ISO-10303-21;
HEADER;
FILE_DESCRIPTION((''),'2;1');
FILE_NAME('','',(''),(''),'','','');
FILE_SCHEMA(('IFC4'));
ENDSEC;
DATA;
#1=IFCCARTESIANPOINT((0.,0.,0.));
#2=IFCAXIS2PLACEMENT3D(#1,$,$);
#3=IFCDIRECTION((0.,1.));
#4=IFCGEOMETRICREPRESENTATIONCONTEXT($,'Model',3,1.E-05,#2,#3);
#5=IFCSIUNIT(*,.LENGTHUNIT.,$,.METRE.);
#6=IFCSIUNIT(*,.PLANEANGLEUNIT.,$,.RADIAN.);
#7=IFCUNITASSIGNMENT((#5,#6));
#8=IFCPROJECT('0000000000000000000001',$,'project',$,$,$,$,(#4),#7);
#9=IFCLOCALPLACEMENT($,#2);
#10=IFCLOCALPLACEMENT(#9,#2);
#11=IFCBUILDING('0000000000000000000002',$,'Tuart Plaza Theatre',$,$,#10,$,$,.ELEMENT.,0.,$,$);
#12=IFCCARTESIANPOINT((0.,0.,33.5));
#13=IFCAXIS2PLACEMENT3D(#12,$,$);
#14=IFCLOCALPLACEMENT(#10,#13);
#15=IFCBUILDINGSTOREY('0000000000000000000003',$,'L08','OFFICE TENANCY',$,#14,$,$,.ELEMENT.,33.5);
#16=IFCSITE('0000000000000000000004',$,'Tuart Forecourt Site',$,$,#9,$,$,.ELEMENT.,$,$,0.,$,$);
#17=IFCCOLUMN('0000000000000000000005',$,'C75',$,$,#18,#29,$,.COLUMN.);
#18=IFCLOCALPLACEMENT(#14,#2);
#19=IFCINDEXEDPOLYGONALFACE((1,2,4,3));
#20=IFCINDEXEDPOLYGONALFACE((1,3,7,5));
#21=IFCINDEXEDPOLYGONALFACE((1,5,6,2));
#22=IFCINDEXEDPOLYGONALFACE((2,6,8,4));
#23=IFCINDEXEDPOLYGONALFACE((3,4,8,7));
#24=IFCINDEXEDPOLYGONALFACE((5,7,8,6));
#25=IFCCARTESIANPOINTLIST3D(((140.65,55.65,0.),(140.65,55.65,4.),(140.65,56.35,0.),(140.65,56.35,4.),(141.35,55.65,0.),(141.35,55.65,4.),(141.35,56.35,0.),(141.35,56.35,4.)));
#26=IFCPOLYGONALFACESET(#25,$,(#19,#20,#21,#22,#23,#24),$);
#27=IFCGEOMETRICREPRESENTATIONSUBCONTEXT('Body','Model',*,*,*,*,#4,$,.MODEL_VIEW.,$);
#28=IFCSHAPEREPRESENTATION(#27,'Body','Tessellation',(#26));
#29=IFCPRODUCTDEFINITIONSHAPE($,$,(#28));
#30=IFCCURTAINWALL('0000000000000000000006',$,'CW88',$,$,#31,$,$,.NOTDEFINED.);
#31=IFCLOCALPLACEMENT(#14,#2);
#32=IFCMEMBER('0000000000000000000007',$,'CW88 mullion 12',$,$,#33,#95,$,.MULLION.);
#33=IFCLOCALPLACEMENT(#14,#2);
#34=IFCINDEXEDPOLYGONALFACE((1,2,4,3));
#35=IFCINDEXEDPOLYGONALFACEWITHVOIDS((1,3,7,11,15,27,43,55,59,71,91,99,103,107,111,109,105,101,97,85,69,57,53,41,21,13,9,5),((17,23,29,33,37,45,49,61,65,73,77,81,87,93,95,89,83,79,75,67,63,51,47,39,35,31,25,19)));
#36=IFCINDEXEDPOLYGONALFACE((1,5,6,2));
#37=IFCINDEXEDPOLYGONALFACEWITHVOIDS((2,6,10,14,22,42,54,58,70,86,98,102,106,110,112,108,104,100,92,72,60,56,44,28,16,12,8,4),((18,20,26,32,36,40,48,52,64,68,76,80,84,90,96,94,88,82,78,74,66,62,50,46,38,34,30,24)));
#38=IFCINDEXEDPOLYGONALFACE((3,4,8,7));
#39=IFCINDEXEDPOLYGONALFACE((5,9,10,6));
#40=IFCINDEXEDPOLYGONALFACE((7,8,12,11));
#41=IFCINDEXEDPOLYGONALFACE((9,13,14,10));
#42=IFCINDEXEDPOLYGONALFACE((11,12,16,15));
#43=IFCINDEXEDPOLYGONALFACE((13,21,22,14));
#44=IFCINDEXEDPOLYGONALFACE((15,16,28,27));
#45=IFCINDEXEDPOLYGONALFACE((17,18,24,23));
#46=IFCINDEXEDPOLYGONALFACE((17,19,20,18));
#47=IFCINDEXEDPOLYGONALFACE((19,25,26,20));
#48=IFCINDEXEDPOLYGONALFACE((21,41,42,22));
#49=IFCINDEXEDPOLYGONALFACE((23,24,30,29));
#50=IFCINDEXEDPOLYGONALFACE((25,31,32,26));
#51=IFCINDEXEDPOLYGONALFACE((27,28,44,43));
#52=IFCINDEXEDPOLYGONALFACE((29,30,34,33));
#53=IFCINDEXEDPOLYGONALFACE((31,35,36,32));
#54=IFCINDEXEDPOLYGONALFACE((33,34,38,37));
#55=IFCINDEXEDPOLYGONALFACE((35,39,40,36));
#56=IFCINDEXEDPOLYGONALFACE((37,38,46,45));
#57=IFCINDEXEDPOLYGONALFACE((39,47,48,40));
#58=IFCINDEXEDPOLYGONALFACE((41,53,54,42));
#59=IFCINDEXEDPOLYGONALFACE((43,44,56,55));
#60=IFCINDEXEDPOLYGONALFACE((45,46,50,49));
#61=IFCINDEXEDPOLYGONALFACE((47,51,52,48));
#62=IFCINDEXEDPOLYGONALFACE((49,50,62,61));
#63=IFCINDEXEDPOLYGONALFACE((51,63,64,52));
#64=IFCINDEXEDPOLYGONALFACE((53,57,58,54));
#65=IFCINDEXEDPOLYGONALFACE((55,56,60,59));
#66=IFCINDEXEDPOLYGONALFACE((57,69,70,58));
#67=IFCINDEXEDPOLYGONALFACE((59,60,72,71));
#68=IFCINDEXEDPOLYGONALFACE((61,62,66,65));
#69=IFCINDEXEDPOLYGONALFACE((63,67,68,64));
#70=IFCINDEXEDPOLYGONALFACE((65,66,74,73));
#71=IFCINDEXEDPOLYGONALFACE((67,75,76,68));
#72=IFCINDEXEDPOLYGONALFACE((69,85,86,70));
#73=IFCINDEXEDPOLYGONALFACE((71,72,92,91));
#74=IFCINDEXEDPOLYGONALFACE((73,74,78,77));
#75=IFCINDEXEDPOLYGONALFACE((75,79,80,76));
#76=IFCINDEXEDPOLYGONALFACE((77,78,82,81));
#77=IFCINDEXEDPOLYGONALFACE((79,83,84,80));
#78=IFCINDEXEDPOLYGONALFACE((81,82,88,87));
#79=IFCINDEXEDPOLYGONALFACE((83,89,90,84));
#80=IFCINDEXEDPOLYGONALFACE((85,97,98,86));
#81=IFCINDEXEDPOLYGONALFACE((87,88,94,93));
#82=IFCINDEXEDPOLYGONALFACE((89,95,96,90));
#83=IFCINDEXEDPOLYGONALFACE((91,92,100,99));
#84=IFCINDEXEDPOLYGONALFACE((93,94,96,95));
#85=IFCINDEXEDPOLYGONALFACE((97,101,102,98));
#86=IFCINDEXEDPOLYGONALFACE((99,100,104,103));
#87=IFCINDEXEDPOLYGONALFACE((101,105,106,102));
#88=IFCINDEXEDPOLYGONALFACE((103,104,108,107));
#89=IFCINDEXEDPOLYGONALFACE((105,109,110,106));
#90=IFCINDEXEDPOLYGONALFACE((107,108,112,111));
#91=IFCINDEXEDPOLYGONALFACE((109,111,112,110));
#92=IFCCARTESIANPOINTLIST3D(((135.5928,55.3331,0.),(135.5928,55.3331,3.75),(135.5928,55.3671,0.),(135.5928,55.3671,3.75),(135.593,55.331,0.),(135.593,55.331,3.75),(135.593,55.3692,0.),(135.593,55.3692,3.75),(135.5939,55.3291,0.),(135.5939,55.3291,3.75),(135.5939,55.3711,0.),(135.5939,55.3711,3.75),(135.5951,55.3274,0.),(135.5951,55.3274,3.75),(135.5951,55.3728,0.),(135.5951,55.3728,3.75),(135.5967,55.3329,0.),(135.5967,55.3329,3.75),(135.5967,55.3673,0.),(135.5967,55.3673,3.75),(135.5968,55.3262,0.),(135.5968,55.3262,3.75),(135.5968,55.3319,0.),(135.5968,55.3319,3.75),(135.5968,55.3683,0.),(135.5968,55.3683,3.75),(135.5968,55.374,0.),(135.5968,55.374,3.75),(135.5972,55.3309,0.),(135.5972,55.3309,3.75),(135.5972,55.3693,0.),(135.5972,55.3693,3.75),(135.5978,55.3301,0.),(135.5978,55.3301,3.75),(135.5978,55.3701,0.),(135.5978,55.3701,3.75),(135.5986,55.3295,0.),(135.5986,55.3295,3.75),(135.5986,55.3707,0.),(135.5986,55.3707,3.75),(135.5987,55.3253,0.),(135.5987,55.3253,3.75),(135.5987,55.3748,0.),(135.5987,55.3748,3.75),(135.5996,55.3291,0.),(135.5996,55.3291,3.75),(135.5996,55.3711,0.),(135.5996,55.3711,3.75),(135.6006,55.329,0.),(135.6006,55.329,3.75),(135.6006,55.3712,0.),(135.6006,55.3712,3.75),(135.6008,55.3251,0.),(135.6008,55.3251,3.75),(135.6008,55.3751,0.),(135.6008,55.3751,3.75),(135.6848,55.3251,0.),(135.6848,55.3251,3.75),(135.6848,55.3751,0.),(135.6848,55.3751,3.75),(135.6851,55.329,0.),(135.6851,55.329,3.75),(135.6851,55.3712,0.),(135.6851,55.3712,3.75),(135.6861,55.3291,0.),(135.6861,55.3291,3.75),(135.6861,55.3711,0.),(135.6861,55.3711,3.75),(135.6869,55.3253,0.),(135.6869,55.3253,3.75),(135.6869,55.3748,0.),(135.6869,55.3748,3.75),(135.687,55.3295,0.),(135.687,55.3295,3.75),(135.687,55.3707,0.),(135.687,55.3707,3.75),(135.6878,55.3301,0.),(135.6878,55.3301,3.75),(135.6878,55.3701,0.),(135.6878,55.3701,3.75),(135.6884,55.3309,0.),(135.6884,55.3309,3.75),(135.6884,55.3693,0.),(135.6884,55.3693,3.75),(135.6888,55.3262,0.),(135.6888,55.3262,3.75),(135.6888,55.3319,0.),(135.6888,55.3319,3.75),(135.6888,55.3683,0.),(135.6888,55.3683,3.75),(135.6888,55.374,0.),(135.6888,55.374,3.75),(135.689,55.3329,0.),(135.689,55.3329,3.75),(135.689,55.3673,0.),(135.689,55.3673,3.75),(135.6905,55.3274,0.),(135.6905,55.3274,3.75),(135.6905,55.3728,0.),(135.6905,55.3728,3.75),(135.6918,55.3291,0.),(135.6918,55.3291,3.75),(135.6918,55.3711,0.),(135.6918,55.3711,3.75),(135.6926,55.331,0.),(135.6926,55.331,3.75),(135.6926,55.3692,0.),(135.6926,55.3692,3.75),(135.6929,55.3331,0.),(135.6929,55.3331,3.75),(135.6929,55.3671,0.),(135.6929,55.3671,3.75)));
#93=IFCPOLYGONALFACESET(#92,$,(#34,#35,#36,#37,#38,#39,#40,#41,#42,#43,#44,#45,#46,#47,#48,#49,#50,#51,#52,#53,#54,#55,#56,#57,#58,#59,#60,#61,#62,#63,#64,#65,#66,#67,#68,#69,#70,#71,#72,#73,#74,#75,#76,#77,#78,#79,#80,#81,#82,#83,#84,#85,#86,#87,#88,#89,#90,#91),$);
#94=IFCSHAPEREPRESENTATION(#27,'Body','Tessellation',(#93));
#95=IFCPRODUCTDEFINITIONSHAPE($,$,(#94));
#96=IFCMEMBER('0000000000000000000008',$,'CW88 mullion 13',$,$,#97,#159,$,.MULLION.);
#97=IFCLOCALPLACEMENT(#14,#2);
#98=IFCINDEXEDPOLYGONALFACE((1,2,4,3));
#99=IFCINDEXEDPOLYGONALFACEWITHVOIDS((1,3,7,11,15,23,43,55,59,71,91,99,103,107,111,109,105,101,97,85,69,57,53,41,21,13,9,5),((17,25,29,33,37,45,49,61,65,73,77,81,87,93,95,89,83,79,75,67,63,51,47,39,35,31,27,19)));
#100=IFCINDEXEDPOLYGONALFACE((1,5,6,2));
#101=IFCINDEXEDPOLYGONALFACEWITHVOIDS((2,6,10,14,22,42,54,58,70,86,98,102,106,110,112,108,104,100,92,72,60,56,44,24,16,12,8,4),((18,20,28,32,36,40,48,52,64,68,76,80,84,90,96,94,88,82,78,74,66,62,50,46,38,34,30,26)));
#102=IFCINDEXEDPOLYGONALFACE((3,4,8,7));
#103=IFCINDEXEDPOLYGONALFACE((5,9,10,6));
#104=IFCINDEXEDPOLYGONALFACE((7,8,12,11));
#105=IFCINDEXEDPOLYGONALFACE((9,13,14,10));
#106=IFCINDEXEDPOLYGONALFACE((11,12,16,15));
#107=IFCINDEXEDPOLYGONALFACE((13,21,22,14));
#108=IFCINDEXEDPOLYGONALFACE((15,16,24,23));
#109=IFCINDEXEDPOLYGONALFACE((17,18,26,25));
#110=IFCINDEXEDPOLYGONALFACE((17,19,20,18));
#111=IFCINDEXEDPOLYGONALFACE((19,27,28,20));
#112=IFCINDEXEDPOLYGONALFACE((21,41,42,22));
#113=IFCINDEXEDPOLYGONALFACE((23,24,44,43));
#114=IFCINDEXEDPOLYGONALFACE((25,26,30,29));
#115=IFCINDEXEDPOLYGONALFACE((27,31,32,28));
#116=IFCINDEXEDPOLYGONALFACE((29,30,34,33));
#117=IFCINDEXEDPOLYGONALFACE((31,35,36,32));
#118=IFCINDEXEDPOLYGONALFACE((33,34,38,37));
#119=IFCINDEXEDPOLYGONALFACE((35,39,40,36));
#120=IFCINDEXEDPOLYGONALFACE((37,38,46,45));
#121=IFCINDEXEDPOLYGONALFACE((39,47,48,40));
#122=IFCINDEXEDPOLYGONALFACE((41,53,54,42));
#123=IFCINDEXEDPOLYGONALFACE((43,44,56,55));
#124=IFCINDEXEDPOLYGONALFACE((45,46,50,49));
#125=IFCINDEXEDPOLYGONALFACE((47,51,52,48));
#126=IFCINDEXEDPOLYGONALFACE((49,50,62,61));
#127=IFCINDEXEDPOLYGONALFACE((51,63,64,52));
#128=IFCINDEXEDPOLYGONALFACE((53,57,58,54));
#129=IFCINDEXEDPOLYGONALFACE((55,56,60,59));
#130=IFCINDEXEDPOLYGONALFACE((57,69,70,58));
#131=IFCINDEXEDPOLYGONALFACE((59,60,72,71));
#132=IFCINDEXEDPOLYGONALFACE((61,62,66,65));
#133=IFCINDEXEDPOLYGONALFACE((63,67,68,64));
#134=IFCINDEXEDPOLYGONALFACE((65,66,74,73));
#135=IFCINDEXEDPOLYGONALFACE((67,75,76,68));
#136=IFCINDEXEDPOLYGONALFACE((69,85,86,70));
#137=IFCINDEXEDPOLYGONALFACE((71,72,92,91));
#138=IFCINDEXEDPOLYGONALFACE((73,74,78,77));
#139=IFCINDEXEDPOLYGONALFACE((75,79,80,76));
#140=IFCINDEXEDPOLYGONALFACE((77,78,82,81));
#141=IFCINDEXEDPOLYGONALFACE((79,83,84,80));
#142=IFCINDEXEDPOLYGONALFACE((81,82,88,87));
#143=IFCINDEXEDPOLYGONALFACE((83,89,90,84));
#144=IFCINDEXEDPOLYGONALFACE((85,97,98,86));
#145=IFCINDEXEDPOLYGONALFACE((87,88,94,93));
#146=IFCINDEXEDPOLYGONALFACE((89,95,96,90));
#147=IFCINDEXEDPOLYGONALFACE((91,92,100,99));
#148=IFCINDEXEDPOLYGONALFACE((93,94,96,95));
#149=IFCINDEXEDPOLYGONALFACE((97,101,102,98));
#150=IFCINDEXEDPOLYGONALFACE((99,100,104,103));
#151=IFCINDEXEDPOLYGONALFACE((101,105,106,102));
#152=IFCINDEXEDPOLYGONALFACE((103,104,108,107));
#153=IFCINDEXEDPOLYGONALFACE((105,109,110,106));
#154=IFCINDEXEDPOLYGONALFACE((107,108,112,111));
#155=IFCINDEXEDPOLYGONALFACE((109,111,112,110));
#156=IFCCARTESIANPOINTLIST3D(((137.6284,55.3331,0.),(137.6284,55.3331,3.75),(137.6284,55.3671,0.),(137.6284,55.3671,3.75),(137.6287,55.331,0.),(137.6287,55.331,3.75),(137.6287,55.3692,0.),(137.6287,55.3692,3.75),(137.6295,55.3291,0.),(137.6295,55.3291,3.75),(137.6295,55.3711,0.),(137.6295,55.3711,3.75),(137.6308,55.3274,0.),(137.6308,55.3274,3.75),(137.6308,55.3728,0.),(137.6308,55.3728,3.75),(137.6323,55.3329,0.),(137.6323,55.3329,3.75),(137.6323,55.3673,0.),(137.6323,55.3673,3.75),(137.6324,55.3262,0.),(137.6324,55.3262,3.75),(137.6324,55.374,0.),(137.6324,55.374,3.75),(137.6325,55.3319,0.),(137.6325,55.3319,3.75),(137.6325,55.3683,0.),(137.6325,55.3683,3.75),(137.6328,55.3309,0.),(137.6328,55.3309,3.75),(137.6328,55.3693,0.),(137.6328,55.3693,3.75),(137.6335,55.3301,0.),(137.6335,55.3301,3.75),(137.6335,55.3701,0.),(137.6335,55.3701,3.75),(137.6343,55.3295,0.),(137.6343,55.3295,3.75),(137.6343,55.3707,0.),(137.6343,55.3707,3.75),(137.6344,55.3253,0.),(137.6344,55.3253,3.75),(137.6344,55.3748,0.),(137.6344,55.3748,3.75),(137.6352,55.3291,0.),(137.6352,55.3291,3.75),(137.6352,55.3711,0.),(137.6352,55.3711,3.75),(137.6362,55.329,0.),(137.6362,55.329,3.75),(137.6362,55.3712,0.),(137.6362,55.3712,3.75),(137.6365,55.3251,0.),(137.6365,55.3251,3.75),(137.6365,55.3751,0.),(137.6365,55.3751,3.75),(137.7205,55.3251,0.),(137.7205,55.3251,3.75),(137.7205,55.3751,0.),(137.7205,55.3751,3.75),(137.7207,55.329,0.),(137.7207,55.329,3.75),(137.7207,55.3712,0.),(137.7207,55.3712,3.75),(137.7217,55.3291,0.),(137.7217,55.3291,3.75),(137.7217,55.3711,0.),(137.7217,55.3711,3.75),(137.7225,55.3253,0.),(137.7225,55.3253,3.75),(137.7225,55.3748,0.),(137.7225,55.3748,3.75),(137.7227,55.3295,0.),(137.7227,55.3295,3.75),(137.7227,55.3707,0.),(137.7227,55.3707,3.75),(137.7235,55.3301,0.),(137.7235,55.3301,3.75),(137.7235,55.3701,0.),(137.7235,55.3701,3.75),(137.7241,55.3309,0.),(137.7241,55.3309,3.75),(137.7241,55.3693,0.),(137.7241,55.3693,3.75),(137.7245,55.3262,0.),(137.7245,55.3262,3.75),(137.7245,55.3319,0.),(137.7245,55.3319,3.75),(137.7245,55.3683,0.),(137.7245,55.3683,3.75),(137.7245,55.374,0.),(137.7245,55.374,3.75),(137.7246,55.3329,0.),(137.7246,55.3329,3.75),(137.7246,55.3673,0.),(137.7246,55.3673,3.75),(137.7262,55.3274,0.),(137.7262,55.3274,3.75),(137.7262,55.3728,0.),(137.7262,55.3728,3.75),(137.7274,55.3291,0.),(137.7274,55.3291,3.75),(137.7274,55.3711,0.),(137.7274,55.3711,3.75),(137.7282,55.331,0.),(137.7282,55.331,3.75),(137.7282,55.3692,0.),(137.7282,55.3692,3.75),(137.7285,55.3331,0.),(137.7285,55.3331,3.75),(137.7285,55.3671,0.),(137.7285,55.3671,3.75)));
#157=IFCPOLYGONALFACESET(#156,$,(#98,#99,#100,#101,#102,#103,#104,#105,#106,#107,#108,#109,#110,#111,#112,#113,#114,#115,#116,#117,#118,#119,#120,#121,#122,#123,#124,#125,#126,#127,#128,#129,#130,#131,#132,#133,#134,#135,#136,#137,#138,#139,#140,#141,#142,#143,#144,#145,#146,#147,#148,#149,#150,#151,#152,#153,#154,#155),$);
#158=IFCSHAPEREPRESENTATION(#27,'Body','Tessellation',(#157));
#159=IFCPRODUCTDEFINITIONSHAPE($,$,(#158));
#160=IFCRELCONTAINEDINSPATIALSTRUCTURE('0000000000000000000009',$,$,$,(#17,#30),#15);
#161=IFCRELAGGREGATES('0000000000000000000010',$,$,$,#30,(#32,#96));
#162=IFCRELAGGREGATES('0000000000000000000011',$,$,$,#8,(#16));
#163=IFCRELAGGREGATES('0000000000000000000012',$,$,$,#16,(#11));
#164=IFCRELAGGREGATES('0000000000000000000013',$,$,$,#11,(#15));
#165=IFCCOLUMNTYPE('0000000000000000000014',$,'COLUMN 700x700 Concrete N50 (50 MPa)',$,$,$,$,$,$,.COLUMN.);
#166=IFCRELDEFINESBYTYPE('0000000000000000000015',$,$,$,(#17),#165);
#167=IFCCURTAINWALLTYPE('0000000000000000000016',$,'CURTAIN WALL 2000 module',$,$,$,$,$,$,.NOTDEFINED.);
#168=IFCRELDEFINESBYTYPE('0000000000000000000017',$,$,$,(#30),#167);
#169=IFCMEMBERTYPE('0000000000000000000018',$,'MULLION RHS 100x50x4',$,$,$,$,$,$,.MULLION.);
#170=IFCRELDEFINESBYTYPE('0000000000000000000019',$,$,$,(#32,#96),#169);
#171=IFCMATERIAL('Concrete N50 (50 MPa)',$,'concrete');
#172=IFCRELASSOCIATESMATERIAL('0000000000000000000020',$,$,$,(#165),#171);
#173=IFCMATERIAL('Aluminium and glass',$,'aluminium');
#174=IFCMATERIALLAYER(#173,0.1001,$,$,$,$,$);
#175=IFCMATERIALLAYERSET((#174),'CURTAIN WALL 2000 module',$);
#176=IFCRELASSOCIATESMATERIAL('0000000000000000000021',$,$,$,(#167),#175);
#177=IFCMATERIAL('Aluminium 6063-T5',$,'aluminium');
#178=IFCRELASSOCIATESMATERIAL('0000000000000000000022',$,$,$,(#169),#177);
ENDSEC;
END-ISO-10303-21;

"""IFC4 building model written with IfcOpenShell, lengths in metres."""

from ifc_helpers import new_model, si_unit, direction, frame, origin, origin_2d, place, context, subcontext, project, spatial, rectangle, hollow_rectangle, extrude, material, layer, layer_set, material_profile, profile_set, type_object, element, aggregate, save


model = new_model("IFC4")

# Units and contexts
model_context = context("Model", 3, precision=1e-05, world=origin(), true_north=direction((0.0, 1.0)))
body_context = subcontext(model_context, "Body", "Model", "MODEL_VIEW")
ifc_project = project(units=[si_unit("LENGTHUNIT", "METRE"), si_unit("PLANEANGLEUNIT", "RADIAN")], contexts=[model_context])

# Site, building, storey
site_placement = place(None, origin())
site = spatial("IfcSite", under=ifc_project, at=site_placement, Name="Tuart Forecourt Site", CompositionType="ELEMENT", RefElevation=0.0)
building_placement = place(site_placement, origin())
building = spatial("IfcBuilding", under=site, at=building_placement, Name="Tuart Plaza Theatre", CompositionType="ELEMENT", ElevationOfRefHeight=0.0)
storey_placement = place(building_placement, frame((0.0, 0.0, 33.5)))
storey = spatial("IfcBuildingStorey", under=building, at=storey_placement, Name="L08", Description="OFFICE TENANCY", CompositionType="ELEMENT", Elevation=33.5)

# Column
ifc_material_1 = material(Name="Concrete N50 (50 MPa)", Category="concrete")
ifc_material_profile_1 = material_profile(ifc_material_1, rectangle(XDim=0.7, YDim=0.7, at=origin_2d()), Name="COLUMN 700x700 Concrete N50 (50 MPa)")
ifc_profile_set_1 = profile_set([ifc_material_profile_1], Name="Concrete N50 (50 MPa)")
column_type = type_object("IfcColumnType", Name="COLUMN 700x700 Concrete N50 (50 MPa)", PredefinedType="COLUMN", material=ifc_profile_set_1)
column_placement = place(storey_placement, frame((141.0, 56.0, 0.0), z_axis=(0.0, 0.0, 1.0), x_axis=(1.0, 0.0, 0.0)))
element("IfcColumn", 1, at=column_placement, inside=storey, type_object=column_type, Name="C75", PredefinedType="COLUMN", context=body_context, shape_type="SweptSolid", body=[
    extrude(rectangle(XDim=0.7, YDim=0.7, at=origin_2d()), origin(), (0.0, 0.0, 1.0), 4.0),
])

# Curtain wall, members
ifc_material_2 = material(Name="Aluminium and glass", Category="aluminium")
ifc_layer_1 = layer(ifc_material_2, 0.1001)
ifc_layer_set_1 = layer_set([ifc_layer_1], Name="CURTAIN WALL 2000 module")
curtain_wall_type = type_object("IfcCurtainWallType", Name="CURTAIN WALL 2000 module", PredefinedType="NOTDEFINED", material=ifc_layer_set_1)
curtain_wall_placement = place(storey_placement, origin())
curtain_wall = element("IfcCurtainWall", 2, at=curtain_wall_placement, inside=storey, type_object=curtain_wall_type, Name="CW88", PredefinedType="NOTDEFINED")
ifc_material_3 = material(Name="Aluminium 6063-T5", Category="aluminium")
ifc_material_profile_2 = material_profile(ifc_material_3, hollow_rectangle(XDim=0.05, YDim=0.1001, WallThickness=0.0039, InnerFilletRadius=0.0039, OuterFilletRadius=0.0081, at=origin_2d()), Name="RHS 100x50x4")
ifc_profile_set_2 = profile_set([ifc_material_profile_2], Name="Aluminium 6063-T5")
member_type_1 = type_object("IfcMemberType", Name="MULLION RHS 100x50x4", PredefinedType="MULLION", material=ifc_profile_set_2)
member_1_placement = place(storey_placement, frame((135.6428, 55.3501, 0.0), z_axis=(0.0, 0.0, 1.0), x_axis=(0.0, 1.0, 0.0)))
member_1 = element("IfcMember", 3, at=member_1_placement, type_object=member_type_1, Name="CW88 mullion 12", PredefinedType="MULLION", context=body_context, shape_type="SweptSolid", body=[
    extrude(hollow_rectangle(XDim=0.05, YDim=0.1001, WallThickness=0.0039, InnerFilletRadius=0.0039, OuterFilletRadius=0.0081, at=origin_2d()), origin(), (0.0, 0.0, 1.0), 3.75),
])
member_2_placement = place(storey_placement, frame((137.6785, 55.3501, 0.0), z_axis=(0.0, 0.0, 1.0), x_axis=(0.0, 1.0, 0.0)))
member_2 = element("IfcMember", 4, at=member_2_placement, type_object=member_type_1, Name="CW88 mullion 13", PredefinedType="MULLION", context=body_context, shape_type="SweptSolid", body=[
    extrude(hollow_rectangle(XDim=0.05, YDim=0.1001, WallThickness=0.0039, InnerFilletRadius=0.0039, OuterFilletRadius=0.0081, at=origin_2d()), origin(), (0.0, 0.0, 1.0), 3.75),
])
aggregate(curtain_wall, [member_1, member_2])

save(model, "model.ifc")
